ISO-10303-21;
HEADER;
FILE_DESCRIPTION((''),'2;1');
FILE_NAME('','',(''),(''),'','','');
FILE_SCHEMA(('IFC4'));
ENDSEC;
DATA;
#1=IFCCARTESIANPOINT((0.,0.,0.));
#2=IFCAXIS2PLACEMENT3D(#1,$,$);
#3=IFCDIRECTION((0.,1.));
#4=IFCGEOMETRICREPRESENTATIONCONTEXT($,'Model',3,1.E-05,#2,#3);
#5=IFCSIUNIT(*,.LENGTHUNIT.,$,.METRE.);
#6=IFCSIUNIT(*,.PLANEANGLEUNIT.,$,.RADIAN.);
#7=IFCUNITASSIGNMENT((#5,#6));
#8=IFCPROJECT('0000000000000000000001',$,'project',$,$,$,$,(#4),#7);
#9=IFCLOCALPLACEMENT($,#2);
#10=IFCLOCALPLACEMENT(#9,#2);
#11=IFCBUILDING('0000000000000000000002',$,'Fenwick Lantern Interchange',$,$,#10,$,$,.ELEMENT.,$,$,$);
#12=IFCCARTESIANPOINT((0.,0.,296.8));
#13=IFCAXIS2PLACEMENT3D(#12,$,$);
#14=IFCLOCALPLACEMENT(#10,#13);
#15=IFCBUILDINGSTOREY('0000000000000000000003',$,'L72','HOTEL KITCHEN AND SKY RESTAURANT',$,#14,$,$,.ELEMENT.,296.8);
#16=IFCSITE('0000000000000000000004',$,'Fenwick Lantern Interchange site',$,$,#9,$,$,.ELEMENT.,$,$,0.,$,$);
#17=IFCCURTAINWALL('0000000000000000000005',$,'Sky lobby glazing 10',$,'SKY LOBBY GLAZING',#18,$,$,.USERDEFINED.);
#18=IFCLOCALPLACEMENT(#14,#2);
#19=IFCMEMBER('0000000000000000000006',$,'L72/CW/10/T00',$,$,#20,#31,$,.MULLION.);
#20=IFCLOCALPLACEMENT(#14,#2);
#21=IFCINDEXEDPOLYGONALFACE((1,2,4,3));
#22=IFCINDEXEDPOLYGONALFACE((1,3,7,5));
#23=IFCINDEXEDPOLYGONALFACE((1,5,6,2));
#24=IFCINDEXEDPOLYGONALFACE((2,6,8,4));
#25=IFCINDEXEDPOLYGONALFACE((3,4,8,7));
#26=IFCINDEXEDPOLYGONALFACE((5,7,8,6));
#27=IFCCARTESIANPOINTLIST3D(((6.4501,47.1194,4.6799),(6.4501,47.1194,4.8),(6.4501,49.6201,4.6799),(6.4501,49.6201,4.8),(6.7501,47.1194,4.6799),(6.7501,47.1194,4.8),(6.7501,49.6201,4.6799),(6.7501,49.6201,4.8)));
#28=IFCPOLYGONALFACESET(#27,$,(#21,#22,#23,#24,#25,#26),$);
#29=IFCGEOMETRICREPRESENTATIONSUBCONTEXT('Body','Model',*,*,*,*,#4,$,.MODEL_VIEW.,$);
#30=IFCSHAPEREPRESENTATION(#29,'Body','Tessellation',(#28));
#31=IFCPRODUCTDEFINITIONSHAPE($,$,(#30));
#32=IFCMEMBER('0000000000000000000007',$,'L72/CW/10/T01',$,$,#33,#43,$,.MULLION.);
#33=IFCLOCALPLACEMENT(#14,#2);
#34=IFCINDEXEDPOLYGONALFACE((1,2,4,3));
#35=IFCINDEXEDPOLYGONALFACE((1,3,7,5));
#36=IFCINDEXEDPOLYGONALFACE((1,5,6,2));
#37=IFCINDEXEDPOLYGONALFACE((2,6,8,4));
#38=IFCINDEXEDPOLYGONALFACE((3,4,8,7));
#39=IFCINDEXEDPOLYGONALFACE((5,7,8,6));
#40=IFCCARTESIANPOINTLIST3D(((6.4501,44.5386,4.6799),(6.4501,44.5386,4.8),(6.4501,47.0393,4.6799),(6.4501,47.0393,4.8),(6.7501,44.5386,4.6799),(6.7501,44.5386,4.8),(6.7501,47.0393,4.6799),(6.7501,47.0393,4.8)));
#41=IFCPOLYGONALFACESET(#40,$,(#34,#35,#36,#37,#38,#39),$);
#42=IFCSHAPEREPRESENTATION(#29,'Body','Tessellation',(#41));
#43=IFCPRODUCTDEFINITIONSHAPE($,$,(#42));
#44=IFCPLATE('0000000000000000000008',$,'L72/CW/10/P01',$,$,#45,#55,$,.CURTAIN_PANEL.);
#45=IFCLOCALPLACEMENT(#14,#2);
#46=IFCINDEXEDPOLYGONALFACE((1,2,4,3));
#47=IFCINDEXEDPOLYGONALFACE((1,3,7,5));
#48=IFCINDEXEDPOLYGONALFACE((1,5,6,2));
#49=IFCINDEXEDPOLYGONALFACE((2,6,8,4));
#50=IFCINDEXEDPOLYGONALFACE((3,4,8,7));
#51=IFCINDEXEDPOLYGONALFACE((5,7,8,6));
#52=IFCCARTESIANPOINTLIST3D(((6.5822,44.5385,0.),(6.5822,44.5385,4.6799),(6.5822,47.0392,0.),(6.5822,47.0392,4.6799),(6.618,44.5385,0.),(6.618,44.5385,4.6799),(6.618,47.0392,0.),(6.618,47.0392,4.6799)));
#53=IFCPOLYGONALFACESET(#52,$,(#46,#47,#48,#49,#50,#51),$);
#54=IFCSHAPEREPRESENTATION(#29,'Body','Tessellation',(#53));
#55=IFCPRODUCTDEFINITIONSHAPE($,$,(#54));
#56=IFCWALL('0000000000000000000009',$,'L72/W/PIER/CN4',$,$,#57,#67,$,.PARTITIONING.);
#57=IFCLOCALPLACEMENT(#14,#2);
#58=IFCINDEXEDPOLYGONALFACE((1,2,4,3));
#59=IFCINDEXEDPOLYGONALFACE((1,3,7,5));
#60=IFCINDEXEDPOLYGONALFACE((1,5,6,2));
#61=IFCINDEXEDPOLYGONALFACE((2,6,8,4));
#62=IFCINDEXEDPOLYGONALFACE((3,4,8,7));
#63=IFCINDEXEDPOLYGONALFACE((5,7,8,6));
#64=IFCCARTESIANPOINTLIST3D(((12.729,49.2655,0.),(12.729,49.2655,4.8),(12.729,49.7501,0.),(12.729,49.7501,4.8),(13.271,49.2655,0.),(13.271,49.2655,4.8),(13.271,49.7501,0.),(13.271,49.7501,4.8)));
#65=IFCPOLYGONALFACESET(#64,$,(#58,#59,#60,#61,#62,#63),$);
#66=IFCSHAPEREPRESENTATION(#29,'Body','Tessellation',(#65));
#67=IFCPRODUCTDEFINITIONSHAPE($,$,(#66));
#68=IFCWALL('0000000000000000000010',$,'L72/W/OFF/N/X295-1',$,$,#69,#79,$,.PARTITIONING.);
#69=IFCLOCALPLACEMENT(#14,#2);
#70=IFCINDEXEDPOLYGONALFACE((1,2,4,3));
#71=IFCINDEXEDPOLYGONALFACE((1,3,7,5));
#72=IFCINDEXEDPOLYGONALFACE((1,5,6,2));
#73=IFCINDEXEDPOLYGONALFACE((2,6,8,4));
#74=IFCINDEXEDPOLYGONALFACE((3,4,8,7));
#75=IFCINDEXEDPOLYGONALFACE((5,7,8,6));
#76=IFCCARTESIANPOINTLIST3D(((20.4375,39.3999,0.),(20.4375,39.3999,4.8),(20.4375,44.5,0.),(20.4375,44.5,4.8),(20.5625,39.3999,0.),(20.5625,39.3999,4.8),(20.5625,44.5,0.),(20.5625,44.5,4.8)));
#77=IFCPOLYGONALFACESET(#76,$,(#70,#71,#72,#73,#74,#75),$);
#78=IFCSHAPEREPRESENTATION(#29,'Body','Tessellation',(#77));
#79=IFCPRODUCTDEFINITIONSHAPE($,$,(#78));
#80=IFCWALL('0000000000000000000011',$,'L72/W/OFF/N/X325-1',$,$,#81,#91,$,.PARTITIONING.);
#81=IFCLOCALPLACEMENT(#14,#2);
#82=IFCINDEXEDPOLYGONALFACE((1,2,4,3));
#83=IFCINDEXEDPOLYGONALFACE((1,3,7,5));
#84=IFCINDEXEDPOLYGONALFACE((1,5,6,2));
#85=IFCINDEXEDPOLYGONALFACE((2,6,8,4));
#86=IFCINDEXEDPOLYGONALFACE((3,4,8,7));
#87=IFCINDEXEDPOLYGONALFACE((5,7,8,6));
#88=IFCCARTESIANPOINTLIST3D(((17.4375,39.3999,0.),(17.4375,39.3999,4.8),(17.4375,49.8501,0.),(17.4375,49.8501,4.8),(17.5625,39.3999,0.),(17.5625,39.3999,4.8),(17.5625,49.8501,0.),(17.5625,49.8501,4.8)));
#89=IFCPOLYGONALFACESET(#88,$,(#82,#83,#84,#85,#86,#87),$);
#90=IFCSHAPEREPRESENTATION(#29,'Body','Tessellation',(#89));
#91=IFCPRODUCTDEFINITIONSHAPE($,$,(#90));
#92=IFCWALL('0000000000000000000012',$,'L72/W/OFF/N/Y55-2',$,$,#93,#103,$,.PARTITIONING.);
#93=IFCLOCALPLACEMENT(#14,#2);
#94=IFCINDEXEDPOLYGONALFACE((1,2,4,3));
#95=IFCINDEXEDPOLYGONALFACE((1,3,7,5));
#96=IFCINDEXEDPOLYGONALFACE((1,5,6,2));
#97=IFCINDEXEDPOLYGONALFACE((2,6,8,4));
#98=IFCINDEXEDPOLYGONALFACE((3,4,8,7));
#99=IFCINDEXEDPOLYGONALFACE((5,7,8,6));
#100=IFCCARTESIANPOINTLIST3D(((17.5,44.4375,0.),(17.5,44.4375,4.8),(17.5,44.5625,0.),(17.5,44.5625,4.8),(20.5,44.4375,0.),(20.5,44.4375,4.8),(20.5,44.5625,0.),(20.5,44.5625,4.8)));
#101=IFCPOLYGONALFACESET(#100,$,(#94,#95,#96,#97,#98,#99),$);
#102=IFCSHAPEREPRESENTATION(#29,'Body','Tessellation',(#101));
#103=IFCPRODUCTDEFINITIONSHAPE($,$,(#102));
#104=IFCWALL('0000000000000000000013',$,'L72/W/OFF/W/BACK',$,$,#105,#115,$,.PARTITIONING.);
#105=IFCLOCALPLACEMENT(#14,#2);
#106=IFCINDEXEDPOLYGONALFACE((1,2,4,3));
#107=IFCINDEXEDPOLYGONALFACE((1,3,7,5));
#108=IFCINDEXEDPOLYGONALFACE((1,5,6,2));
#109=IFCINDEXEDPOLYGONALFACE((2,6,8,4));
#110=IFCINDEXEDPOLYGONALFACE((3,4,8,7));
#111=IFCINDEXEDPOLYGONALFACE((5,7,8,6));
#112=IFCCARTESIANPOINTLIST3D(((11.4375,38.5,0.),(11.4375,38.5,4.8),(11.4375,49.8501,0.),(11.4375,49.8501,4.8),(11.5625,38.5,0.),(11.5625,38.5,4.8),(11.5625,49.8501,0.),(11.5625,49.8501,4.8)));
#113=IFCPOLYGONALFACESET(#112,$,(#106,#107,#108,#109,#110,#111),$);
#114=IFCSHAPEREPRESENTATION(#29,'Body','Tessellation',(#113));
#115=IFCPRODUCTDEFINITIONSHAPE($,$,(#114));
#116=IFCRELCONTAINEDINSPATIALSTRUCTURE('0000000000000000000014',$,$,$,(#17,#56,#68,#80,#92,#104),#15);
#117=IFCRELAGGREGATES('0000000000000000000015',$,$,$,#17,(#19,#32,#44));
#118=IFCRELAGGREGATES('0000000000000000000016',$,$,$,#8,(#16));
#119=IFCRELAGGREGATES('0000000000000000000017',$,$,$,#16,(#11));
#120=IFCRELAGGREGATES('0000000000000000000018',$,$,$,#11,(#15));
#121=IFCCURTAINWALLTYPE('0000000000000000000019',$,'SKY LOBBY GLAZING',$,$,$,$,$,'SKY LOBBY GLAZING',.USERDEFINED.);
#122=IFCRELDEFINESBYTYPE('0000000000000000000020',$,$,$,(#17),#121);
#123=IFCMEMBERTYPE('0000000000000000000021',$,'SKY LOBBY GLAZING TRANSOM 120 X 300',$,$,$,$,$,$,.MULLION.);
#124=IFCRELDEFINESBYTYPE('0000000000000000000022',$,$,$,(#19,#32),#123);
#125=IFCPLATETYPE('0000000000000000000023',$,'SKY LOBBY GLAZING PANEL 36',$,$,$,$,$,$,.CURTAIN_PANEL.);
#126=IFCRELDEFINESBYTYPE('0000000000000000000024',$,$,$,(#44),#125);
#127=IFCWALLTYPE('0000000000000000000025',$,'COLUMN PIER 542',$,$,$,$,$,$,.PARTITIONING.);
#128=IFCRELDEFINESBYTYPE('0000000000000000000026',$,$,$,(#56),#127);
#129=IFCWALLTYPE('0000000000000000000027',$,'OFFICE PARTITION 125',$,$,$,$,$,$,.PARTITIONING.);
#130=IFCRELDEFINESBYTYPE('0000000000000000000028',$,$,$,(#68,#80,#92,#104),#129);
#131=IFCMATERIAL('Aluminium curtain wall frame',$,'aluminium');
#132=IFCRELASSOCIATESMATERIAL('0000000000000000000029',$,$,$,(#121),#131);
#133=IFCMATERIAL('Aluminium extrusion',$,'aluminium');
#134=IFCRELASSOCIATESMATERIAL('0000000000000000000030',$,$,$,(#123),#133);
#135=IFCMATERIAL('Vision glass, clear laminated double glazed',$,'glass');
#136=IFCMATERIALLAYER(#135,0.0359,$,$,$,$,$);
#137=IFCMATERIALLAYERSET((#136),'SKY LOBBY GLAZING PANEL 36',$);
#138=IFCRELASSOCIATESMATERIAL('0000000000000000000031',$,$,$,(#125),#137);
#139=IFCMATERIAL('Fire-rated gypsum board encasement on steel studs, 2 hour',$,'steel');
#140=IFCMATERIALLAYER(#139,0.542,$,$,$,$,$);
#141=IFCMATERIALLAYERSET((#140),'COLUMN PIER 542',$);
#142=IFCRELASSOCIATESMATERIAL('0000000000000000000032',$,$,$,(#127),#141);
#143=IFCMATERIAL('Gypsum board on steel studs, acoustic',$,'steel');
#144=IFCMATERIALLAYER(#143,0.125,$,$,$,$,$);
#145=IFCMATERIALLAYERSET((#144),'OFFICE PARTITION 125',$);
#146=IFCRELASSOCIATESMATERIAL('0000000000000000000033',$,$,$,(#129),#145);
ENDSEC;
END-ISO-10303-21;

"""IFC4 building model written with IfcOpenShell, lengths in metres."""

from ifc_helpers import new_model, si_unit, direction, frame, frame_2d, origin, origin_2d, place, context, subcontext, project, spatial, rectangle, extrude, material, layer, layer_set, material_profile, profile_set, type_object, element, aggregate, save


model = new_model("IFC4")

# Units and contexts
model_context = context("Model", 3, precision=1e-05, world=origin(), true_north=direction((0.0, 1.0)))
body_context = subcontext(model_context, "Body", "Model", "MODEL_VIEW")
ifc_project = project(units=[si_unit("LENGTHUNIT", "METRE"), si_unit("PLANEANGLEUNIT", "RADIAN")], contexts=[model_context])

# Site, building, storey
site_placement = place(None, origin())
site = spatial("IfcSite", under=ifc_project, at=site_placement, Name="Fenwick Lantern Interchange site", CompositionType="ELEMENT", RefElevation=0.0)
building_placement = place(site_placement, origin())
building = spatial("IfcBuilding", under=site, at=building_placement, Name="Fenwick Lantern Interchange", CompositionType="ELEMENT")
storey_placement = place(building_placement, frame((0.0, 0.0, 296.8)))
storey = spatial("IfcBuildingStorey", under=building, at=storey_placement, Name="L72", Description="HOTEL KITCHEN AND SKY RESTAURANT", CompositionType="ELEMENT", Elevation=296.8)

# Curtain wall
ifc_material_1 = material(Name="Aluminium curtain wall frame", Category="aluminium")
curtain_wall_type = type_object("IfcCurtainWallType", Name="SKY LOBBY GLAZING", ElementType="SKY LOBBY GLAZING", PredefinedType="USERDEFINED", material=ifc_material_1)
ifc_material_2 = material(Name="Aluminium extrusion", Category="aluminium")
curtain_wall_1_placement = place(storey_placement, origin())
curtain_wall_1 = element("IfcCurtainWall", 1, at=curtain_wall_1_placement, inside=storey, type_object=curtain_wall_type, Name="Sky lobby glazing 10", ObjectType="SKY LOBBY GLAZING", PredefinedType="USERDEFINED")

# Members
ifc_material_profile_1 = material_profile(ifc_material_2, rectangle(XDim=0.3, YDim=0.1201, at=origin_2d()), Name="SKY LOBBY GLAZING TRANSOM 120 X 300")
ifc_profile_set_1 = profile_set([ifc_material_profile_1], Name="Aluminium extrusion")
member_type_1 = type_object("IfcMemberType", Name="SKY LOBBY GLAZING TRANSOM 120 X 300", PredefinedType="MULLION", material=ifc_profile_set_1)
member_1_placement = place(storey_placement, frame((6.6001, 49.6201, 4.74), z_axis=(0.0, -1.0, 0.0), x_axis=(1.0, 0.0, 0.0)))
member_1 = element("IfcMember", 2, at=member_1_placement, type_object=member_type_1, Name="L72/CW/10/T00", PredefinedType="MULLION", context=body_context, shape_type="SweptSolid", body=[
    extrude(rectangle(XDim=0.3, YDim=0.1201, at=origin_2d()), origin(), (0.0, 0.0, 1.0), 2.5007),
])
member_2_placement = place(storey_placement, frame((6.6001, 47.0393, 4.74), z_axis=(0.0, -1.0, 0.0), x_axis=(1.0, 0.0, 0.0)))
member_2 = element("IfcMember", 3, at=member_2_placement, type_object=member_type_1, Name="L72/CW/10/T01", PredefinedType="MULLION", context=body_context, shape_type="SweptSolid", body=[
    extrude(rectangle(XDim=0.3, YDim=0.1201, at=origin_2d()), origin(), (0.0, 0.0, 1.0), 2.5007),
])

# Plate
ifc_material_3 = material(Name="Vision glass, clear laminated double glazed", Category="glass")
ifc_layer_1 = layer(ifc_material_3, 0.0359)
ifc_layer_set_1 = layer_set([ifc_layer_1], Name="SKY LOBBY GLAZING PANEL 36")
plate_type = type_object("IfcPlateType", Name="SKY LOBBY GLAZING PANEL 36", PredefinedType="CURTAIN_PANEL", material=ifc_layer_set_1)
plate_placement = place(storey_placement, frame((6.6001, 45.7888, 0.0), z_axis=(0.0, 0.0, 1.0), x_axis=(0.0, -1.0, 0.0)))
plate = element("IfcPlate", 4, at=plate_placement, type_object=plate_type, Name="L72/CW/10/P01", PredefinedType="CURTAIN_PANEL", context=body_context, shape_type="SweptSolid", body=[
    extrude(rectangle(XDim=2.5007, YDim=0.0359, at=origin_2d()), origin(), (0.0, 0.0, 1.0), 4.6799),
])
aggregate(curtain_wall_1, [member_1, member_2, plate])

# Walls
ifc_material_4 = material(Name="Fire-rated gypsum board encasement on steel studs, 2 hour", Category="steel")
ifc_layer_2 = layer(ifc_material_4, 0.542)
ifc_layer_set_2 = layer_set([ifc_layer_2], Name="COLUMN PIER 542")
wall_type_1 = type_object("IfcWallType", Name="COLUMN PIER 542", PredefinedType="PARTITIONING", material=ifc_layer_set_2)
wall_1_placement = place(storey_placement, frame((13.0, 49.75, 0.0), z_axis=(0.0, 0.0, 1.0), x_axis=(0.0, -1.0, 0.0)))
element("IfcWall", 5, at=wall_1_placement, inside=storey, type_object=wall_type_1, Name="L72/W/PIER/CN4", PredefinedType="PARTITIONING", context=body_context, shape_type="SweptSolid", body=[
    extrude(rectangle(XDim=0.4846, YDim=0.542, at=frame_2d((0.2422, 0.0))), origin(), (0.0, 0.0, 1.0), 4.8),
])
ifc_material_5 = material(Name="Gypsum board on steel studs, acoustic", Category="steel")
ifc_layer_3 = layer(ifc_material_5, 0.125)
ifc_layer_set_3 = layer_set([ifc_layer_3], Name="OFFICE PARTITION 125")
wall_type_2 = type_object("IfcWallType", Name="OFFICE PARTITION 125", PredefinedType="PARTITIONING", material=ifc_layer_set_3)
wall_2_placement = place(storey_placement, frame((20.5, 44.5, 0.0), z_axis=(0.0, 0.0, 1.0), x_axis=(0.0, -1.0, 0.0)))
element("IfcWall", 6, at=wall_2_placement, inside=storey, type_object=wall_type_2, Name="L72/W/OFF/N/X295-1", PredefinedType="PARTITIONING", context=body_context, shape_type="SweptSolid", body=[
    extrude(rectangle(XDim=5.1001, YDim=0.125, at=frame_2d((2.55, 0.0))), origin(), (0.0, 0.0, 1.0), 4.8),
])
wall_3_placement = place(storey_placement, frame((17.5, 49.8501, 0.0), z_axis=(0.0, 0.0, 1.0), x_axis=(0.0, -1.0, 0.0)))
element("IfcWall", 7, at=wall_3_placement, inside=storey, type_object=wall_type_2, Name="L72/W/OFF/N/X325-1", PredefinedType="PARTITIONING", context=body_context, shape_type="SweptSolid", body=[
    extrude(rectangle(XDim=10.4502, YDim=0.125, at=frame_2d((5.2251, 0.0))), origin(), (0.0, 0.0, 1.0), 4.8),
])
wall_4_placement = place(storey_placement, frame((20.5, 44.5, 0.0), z_axis=(0.0, 0.0, 1.0), x_axis=(-1.0, 0.0, 0.0)))
element("IfcWall", 8, at=wall_4_placement, inside=storey, type_object=wall_type_2, Name="L72/W/OFF/N/Y55-2", PredefinedType="PARTITIONING", context=body_context, shape_type="SweptSolid", body=[
    extrude(rectangle(XDim=3.0, YDim=0.125, at=frame_2d((1.5, 0.0))), origin(), (0.0, 0.0, 1.0), 4.8),
])
wall_5_placement = place(storey_placement, frame((11.5, 49.8501, 0.0), z_axis=(0.0, 0.0, 1.0), x_axis=(0.0, -1.0, 0.0)))
element("IfcWall", 9, at=wall_5_placement, inside=storey, type_object=wall_type_2, Name="L72/W/OFF/W/BACK", PredefinedType="PARTITIONING", context=body_context, shape_type="SweptSolid", body=[
    extrude(rectangle(XDim=11.3501, YDim=0.125, at=frame_2d((5.675, 0.0))), origin(), (0.0, 0.0, 1.0), 4.8),
])

save(model, "model.ifc")
